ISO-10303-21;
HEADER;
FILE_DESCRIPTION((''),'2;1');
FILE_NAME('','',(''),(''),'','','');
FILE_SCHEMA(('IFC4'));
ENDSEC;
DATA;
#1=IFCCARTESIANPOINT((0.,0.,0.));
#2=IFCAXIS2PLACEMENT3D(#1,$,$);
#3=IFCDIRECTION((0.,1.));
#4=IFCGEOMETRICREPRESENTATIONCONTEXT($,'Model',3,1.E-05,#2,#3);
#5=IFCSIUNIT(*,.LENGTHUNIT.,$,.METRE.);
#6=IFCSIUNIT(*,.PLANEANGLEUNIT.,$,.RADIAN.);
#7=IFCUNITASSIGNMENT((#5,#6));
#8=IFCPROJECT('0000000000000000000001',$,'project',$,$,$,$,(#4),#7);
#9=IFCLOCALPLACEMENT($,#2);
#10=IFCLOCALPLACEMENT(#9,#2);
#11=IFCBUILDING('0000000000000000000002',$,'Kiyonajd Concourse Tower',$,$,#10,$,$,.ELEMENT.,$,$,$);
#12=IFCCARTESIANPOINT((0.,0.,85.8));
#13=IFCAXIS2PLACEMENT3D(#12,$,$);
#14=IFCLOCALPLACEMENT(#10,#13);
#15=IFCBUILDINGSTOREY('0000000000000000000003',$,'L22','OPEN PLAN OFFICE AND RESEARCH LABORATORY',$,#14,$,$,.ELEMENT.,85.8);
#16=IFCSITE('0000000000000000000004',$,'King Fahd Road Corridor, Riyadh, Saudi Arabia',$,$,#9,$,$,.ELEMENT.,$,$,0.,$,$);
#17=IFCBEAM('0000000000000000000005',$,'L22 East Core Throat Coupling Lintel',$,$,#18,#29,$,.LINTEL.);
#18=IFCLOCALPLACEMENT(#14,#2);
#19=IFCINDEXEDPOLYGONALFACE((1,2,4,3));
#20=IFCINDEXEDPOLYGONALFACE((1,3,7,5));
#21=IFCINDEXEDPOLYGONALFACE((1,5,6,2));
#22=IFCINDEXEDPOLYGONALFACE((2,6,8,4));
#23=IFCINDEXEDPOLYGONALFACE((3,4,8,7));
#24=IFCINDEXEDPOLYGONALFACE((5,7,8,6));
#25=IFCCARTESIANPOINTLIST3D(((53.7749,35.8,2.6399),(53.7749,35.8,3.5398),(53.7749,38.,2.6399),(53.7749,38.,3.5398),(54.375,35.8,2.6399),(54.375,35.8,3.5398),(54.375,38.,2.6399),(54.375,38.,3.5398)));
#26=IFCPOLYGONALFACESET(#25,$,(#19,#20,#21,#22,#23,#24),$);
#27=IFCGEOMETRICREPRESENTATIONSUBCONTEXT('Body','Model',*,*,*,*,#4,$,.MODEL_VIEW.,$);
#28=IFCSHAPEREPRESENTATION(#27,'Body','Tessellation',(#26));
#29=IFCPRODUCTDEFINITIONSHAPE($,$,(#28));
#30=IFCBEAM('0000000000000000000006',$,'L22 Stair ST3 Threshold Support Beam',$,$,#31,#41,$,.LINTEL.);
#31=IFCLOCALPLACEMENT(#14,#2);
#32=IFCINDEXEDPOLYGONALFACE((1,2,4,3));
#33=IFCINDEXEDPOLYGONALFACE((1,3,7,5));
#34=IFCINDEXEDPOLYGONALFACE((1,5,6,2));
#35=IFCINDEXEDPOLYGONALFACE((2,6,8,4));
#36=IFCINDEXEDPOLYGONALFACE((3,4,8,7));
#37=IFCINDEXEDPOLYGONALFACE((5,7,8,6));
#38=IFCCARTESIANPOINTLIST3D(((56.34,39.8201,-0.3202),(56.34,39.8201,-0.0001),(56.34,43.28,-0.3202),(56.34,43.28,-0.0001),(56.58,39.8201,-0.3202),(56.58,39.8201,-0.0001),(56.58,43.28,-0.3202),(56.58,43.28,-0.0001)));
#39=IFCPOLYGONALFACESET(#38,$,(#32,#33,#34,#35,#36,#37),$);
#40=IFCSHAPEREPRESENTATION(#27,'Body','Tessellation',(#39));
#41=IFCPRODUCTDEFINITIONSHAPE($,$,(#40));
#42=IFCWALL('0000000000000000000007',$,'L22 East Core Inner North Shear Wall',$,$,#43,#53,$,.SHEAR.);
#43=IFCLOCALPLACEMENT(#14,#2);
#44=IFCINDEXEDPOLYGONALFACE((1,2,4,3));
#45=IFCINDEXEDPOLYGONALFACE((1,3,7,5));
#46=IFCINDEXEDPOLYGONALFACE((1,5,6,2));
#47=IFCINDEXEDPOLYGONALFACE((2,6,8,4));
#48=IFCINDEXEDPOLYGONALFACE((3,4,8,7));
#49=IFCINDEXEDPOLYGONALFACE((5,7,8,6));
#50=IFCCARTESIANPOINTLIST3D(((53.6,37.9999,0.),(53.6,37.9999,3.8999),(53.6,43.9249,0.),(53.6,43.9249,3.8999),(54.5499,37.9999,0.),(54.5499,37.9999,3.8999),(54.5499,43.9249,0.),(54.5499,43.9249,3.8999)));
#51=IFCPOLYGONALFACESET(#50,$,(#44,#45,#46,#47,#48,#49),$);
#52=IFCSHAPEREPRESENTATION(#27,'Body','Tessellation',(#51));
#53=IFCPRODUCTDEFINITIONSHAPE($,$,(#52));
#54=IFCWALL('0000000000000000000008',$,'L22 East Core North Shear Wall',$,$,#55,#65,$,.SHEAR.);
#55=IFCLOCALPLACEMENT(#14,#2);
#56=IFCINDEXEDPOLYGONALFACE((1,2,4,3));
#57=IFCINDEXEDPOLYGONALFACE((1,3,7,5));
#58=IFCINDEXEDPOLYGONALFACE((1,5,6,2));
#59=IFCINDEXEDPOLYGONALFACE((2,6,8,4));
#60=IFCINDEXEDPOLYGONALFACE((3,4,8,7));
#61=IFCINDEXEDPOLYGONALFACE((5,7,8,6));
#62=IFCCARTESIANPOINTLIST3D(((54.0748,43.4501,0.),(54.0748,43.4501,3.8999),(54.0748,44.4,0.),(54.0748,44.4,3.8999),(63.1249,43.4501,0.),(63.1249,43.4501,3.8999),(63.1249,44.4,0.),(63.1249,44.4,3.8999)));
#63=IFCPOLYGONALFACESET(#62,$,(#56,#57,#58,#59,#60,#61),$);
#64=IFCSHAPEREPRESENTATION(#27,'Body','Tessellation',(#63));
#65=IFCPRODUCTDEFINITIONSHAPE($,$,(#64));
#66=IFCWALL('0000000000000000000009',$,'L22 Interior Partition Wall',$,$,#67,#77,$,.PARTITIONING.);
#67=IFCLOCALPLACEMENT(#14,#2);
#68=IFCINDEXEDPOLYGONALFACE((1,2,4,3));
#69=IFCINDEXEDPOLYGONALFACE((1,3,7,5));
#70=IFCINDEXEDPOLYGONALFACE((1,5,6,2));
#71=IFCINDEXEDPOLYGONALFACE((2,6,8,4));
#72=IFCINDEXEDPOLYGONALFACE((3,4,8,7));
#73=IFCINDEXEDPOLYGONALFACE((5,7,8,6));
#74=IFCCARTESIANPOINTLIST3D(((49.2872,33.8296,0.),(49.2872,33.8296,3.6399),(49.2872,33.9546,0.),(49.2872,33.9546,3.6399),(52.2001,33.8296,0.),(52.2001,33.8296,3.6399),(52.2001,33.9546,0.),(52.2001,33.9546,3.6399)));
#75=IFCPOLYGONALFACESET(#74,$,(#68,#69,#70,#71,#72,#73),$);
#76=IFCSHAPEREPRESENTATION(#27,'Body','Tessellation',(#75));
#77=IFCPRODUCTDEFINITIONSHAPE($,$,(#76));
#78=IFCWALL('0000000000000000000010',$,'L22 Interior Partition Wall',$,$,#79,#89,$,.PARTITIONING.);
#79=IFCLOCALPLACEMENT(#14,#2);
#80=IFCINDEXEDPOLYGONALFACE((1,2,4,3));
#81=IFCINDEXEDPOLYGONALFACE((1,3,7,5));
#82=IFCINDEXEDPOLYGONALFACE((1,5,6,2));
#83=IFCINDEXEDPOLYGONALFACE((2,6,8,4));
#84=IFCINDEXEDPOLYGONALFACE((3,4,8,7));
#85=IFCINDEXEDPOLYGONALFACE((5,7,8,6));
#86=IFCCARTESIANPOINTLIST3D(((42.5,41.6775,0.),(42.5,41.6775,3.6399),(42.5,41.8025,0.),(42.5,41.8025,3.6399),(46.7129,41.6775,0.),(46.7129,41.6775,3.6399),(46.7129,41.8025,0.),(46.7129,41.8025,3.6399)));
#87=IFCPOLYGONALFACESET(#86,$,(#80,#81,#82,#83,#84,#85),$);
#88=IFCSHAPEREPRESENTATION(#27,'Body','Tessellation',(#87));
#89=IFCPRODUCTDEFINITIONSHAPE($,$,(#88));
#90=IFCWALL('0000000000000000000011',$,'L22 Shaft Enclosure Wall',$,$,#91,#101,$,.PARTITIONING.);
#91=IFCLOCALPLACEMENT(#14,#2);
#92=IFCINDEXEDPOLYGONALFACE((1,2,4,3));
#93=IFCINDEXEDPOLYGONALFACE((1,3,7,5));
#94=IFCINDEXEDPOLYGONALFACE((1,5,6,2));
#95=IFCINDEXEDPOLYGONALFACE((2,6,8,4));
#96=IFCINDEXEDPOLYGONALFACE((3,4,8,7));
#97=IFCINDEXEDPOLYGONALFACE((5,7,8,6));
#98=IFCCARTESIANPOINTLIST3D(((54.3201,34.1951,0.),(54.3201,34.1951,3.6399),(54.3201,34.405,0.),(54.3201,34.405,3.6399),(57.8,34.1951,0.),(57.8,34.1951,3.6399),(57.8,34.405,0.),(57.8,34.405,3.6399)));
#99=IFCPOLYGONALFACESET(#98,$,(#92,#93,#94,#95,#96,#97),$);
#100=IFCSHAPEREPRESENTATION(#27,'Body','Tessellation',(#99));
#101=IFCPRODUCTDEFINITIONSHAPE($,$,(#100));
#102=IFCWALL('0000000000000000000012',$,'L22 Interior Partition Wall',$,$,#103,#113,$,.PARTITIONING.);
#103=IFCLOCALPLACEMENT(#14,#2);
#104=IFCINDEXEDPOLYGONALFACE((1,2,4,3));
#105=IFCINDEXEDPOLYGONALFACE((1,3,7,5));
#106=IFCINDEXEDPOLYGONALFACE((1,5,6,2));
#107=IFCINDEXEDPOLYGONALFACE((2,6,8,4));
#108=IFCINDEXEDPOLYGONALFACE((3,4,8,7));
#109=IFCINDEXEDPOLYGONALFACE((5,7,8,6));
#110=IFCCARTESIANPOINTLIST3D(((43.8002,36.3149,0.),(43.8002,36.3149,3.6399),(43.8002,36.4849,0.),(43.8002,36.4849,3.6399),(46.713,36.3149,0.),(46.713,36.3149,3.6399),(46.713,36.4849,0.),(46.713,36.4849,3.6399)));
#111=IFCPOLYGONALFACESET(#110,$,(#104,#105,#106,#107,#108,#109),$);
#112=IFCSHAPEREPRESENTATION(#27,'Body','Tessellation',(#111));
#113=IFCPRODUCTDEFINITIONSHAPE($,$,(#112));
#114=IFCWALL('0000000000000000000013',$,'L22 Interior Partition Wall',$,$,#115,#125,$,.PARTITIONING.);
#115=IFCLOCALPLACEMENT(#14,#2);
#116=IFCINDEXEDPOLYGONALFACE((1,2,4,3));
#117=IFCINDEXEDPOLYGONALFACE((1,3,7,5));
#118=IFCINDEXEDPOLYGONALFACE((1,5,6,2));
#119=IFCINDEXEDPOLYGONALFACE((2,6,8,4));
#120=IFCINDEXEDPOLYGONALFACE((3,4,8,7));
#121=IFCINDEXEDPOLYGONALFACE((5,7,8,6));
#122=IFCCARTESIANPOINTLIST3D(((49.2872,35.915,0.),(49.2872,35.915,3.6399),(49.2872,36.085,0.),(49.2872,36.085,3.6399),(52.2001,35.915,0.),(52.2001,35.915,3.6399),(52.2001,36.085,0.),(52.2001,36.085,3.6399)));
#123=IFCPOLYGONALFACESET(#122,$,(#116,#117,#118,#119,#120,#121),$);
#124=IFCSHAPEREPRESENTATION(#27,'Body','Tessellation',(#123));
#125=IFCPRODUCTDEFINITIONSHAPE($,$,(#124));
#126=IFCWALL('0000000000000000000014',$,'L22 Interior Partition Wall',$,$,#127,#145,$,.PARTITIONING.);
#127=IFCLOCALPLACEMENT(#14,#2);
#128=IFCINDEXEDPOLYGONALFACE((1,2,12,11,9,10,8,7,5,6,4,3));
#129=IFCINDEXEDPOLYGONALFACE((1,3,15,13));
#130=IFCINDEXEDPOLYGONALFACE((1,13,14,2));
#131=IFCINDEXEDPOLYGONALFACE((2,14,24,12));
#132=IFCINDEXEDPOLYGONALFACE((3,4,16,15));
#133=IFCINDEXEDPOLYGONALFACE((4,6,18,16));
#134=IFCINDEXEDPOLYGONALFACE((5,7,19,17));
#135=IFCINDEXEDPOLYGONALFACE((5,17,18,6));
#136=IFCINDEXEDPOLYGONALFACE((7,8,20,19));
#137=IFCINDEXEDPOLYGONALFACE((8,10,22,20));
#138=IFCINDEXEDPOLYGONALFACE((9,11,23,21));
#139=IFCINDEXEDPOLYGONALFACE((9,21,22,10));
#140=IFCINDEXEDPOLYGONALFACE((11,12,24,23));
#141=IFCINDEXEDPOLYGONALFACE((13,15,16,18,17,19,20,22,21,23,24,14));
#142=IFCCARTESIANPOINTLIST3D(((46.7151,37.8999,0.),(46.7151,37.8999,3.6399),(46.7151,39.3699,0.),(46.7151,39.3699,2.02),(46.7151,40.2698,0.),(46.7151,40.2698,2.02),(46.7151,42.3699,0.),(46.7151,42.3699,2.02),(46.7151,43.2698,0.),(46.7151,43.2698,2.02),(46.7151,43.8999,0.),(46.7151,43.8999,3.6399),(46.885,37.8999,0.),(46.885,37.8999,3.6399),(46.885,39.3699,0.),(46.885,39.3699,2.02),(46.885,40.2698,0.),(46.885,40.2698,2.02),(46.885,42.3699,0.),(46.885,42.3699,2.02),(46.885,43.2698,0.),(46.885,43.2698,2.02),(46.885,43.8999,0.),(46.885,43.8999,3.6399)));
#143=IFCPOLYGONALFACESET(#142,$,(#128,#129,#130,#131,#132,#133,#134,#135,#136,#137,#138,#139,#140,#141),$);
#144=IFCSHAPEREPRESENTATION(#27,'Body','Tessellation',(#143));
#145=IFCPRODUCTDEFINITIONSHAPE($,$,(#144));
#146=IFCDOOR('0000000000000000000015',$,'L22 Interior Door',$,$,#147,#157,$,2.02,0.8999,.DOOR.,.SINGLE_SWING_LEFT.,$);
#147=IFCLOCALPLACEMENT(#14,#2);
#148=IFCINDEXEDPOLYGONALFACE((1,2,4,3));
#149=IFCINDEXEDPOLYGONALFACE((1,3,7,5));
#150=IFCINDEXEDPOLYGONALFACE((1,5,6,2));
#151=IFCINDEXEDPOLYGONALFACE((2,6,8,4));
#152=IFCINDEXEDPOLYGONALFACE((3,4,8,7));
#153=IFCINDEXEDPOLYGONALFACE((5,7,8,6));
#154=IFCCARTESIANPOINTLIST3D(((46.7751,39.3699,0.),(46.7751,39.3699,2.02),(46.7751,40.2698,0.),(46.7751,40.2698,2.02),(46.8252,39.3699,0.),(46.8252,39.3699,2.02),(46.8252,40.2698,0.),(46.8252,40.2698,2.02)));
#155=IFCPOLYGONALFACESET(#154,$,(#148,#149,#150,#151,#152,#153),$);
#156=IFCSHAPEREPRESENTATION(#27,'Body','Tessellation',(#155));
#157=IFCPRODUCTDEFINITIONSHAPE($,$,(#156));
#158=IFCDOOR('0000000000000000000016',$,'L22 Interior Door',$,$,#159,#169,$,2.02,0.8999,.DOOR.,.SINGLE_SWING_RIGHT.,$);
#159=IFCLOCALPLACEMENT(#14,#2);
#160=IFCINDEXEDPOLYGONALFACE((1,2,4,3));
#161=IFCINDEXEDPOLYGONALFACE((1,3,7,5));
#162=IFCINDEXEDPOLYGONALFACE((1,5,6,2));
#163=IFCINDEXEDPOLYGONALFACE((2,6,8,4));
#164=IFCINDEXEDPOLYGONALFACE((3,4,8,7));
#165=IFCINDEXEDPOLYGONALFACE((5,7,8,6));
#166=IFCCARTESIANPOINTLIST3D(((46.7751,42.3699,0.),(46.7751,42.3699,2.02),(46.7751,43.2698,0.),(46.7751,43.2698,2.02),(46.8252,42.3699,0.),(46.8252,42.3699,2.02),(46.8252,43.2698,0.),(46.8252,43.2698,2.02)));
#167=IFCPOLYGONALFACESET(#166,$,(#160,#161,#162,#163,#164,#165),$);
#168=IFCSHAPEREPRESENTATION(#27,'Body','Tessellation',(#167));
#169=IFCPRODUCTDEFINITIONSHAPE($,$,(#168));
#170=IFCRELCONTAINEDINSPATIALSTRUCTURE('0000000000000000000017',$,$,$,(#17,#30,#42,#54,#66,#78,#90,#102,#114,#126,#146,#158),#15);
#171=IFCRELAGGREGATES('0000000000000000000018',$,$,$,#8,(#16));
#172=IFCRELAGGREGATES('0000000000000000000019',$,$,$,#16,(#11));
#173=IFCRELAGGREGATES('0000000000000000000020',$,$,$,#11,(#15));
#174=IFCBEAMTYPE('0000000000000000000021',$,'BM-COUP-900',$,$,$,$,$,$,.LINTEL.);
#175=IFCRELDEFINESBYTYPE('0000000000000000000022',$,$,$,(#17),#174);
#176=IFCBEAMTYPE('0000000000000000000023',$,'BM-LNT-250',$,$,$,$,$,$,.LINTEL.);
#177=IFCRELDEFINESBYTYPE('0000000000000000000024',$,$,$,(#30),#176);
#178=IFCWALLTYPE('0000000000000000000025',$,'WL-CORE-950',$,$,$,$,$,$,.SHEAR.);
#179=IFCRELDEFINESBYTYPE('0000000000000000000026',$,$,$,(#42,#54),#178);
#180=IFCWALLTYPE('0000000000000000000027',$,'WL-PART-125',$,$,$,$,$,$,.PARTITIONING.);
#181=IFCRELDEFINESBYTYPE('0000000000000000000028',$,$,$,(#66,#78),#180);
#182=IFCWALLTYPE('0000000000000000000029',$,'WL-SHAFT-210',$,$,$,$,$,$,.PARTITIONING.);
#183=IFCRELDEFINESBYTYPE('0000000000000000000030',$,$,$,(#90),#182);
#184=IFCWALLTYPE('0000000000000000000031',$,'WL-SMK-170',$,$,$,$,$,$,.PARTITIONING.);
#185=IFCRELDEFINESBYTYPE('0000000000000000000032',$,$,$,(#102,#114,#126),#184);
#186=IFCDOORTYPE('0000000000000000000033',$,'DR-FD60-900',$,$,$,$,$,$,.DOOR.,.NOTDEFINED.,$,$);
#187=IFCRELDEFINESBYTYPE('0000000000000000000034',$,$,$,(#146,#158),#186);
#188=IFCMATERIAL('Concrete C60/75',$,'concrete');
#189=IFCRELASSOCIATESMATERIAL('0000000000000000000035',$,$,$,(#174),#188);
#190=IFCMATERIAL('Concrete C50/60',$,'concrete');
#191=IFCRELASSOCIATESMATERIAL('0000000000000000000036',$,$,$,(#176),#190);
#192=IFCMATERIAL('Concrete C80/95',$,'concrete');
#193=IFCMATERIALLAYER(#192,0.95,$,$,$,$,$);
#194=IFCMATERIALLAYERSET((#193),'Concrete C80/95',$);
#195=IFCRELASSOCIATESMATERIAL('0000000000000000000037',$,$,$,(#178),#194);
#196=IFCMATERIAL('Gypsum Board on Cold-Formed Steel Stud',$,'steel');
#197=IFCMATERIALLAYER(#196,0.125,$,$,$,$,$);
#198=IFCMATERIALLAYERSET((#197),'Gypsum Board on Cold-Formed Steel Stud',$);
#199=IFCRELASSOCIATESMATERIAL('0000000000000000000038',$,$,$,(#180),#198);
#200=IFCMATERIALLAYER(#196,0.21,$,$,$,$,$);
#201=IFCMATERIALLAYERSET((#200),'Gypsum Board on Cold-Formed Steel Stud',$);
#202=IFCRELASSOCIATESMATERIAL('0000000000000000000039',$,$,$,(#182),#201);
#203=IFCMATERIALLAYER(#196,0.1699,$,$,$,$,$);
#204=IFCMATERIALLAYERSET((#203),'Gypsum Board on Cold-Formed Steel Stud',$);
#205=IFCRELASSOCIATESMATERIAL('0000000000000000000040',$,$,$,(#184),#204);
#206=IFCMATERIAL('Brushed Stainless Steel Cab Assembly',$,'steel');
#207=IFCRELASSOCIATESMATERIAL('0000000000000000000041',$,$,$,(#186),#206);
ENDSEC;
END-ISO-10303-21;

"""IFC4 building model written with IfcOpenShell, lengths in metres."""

from ifc_helpers import new_model, si_unit, direction, frame, frame_2d, origin, origin_2d, place, context, subcontext, project, spatial, rectangle, extrude, material, layer, layer_set, material_profile, profile_set, type_object, element, fill, save


model = new_model("IFC4")

# Units and contexts
model_context = context("Model", 3, precision=1e-05, world=origin(), true_north=direction((0.0, 1.0)))
body_context = subcontext(model_context, "Body", "Model", "MODEL_VIEW")
ifc_project = project(units=[si_unit("LENGTHUNIT", "METRE"), si_unit("PLANEANGLEUNIT", "RADIAN")], contexts=[model_context])

# Site, building, storey
site_placement = place(None, origin())
site = spatial("IfcSite", under=ifc_project, at=site_placement, Name="King Fahd Road Corridor, Riyadh, Saudi Arabia", CompositionType="ELEMENT", RefElevation=0.0)
building_placement = place(site_placement, origin())
building = spatial("IfcBuilding", under=site, at=building_placement, Name="Kiyonajd Concourse Tower", CompositionType="ELEMENT")
storey_placement = place(building_placement, frame((0.0, 0.0, 85.8)))
storey = spatial("IfcBuildingStorey", under=building, at=storey_placement, Name="L22", Description="OPEN PLAN OFFICE AND RESEARCH LABORATORY", CompositionType="ELEMENT", Elevation=85.8)

# Beams
ifc_material_1 = material(Name="Concrete C60/75", Category="concrete")
ifc_material_profile_1 = material_profile(ifc_material_1, rectangle(XDim=0.6001, YDim=0.8999, at=origin_2d()), Name="RCBM-600x900")
ifc_profile_set_1 = profile_set([ifc_material_profile_1], Name="Concrete C60/75")
beam_type_1 = type_object("IfcBeamType", Name="BM-COUP-900", PredefinedType="LINTEL", material=ifc_profile_set_1)
beam_1_placement = place(storey_placement, frame((54.075, 35.8, 3.0898), z_axis=(0.0, 1.0, 0.0), x_axis=(-1.0, 0.0, 0.0)))
element("IfcBeam", 1, at=beam_1_placement, inside=storey, type_object=beam_type_1, Name="L22 East Core Throat Coupling Lintel", PredefinedType="LINTEL", context=body_context, shape_type="SweptSolid", body=[
    extrude(rectangle(XDim=0.6001, YDim=0.8999, at=origin_2d()), origin(), (0.0, 0.0, 1.0), 2.2),
])
ifc_material_2 = material(Name="Concrete C50/60", Category="concrete")
ifc_material_profile_2 = material_profile(ifc_material_2, rectangle(XDim=0.24, YDim=0.3201, at=origin_2d()), Name="RCBM-240x320")
ifc_profile_set_2 = profile_set([ifc_material_profile_2], Name="Concrete C50/60")
beam_type_2 = type_object("IfcBeamType", Name="BM-LNT-250", PredefinedType="LINTEL", material=ifc_profile_set_2)
beam_2_placement = place(storey_placement, frame((56.46, 39.8201, -0.1602), z_axis=(0.0, 1.0, 0.0), x_axis=(-1.0, 0.0, 0.0)))
element("IfcBeam", 2, at=beam_2_placement, inside=storey, type_object=beam_type_2, Name="L22 Stair ST3 Threshold Support Beam", PredefinedType="LINTEL", context=body_context, shape_type="SweptSolid", body=[
    extrude(rectangle(XDim=0.24, YDim=0.3201, at=origin_2d()), origin(), (0.0, 0.0, 1.0), 3.46),
])

# Walls
ifc_material_3 = material(Name="Concrete C80/95", Category="concrete")
ifc_layer_1 = layer(ifc_material_3, 0.95)
ifc_layer_set_1 = layer_set([ifc_layer_1], Name="Concrete C80/95")
wall_type_1 = type_object("IfcWallType", Name="WL-CORE-950", PredefinedType="SHEAR", material=ifc_layer_set_1)
wall_1_placement = place(storey_placement, frame((54.075, 38.0, 0.0), z_axis=(0.0, 0.0, 1.0), x_axis=(0.0, 1.0, 0.0)))
element("IfcWall", 3, at=wall_1_placement, inside=storey, type_object=wall_type_1, Name="L22 East Core Inner North Shear Wall", PredefinedType="SHEAR", context=body_context, shape_type="SweptSolid", body=[
    extrude(rectangle(XDim=5.925, YDim=0.95, at=frame_2d((2.9624, 0.0))), origin(), (0.0, 0.0, 1.0), 3.8999),
])
wall_2_placement = place(storey_placement, frame((54.075, 43.925, 0.0), z_axis=(0.0, 0.0, 1.0), x_axis=(1.0, 0.0, 0.0)))
element("IfcWall", 4, at=wall_2_placement, inside=storey, type_object=wall_type_1, Name="L22 East Core North Shear Wall", PredefinedType="SHEAR", context=body_context, shape_type="SweptSolid", body=[
    extrude(rectangle(XDim=9.05, YDim=0.95, at=frame_2d((4.5249, 0.0))), origin(), (0.0, 0.0, 1.0), 3.8999),
])
ifc_material_4 = material(Name="Gypsum Board on Cold-Formed Steel Stud", Category="steel")
ifc_layer_2 = layer(ifc_material_4, 0.125)
ifc_layer_set_2 = layer_set([ifc_layer_2], Name="Gypsum Board on Cold-Formed Steel Stud")
wall_type_2 = type_object("IfcWallType", Name="WL-PART-125", PredefinedType="PARTITIONING", material=ifc_layer_set_2)
wall_3_placement = place(storey_placement, frame((49.2871, 33.8921, 0.0), z_axis=(0.0, 0.0, 1.0), x_axis=(1.0, 0.0, 0.0)))
element("IfcWall", 5, at=wall_3_placement, inside=storey, type_object=wall_type_2, Name="L22 Interior Partition Wall", PredefinedType="PARTITIONING", context=body_context, shape_type="SweptSolid", body=[
    extrude(rectangle(XDim=2.9128, YDim=0.125, at=frame_2d((1.4565, 0.0))), origin(), (0.0, 0.0, 1.0), 3.6399),
])
wall_4_placement = place(storey_placement, frame((42.5, 41.74, 0.0), z_axis=(0.0, 0.0, 1.0), x_axis=(1.0, 0.0, 0.0)))
element("IfcWall", 6, at=wall_4_placement, inside=storey, type_object=wall_type_2, Name="L22 Interior Partition Wall", PredefinedType="PARTITIONING", context=body_context, shape_type="SweptSolid", body=[
    extrude(rectangle(XDim=4.2129, YDim=0.125, at=frame_2d((2.1064, 0.0))), origin(), (0.0, 0.0, 1.0), 3.6399),
])
ifc_layer_3 = layer(ifc_material_4, 0.21)
ifc_layer_set_3 = layer_set([ifc_layer_3], Name="Gypsum Board on Cold-Formed Steel Stud")
wall_type_3 = type_object("IfcWallType", Name="WL-SHAFT-210", PredefinedType="PARTITIONING", material=ifc_layer_set_3)
wall_5_placement = place(storey_placement, frame((54.3201, 34.3, 0.0), z_axis=(0.0, 0.0, 1.0), x_axis=(1.0, 0.0, 0.0)))
element("IfcWall", 7, at=wall_5_placement, inside=storey, type_object=wall_type_3, Name="L22 Shaft Enclosure Wall", PredefinedType="PARTITIONING", context=body_context, shape_type="SweptSolid", body=[
    extrude(rectangle(XDim=3.48, YDim=0.21, at=frame_2d((1.74, 0.0))), origin(), (0.0, 0.0, 1.0), 3.6399),
])
ifc_layer_4 = layer(ifc_material_4, 0.1699)
ifc_layer_set_4 = layer_set([ifc_layer_4], Name="Gypsum Board on Cold-Formed Steel Stud")
wall_type_4 = type_object("IfcWallType", Name="WL-SMK-170", PredefinedType="PARTITIONING", material=ifc_layer_set_4)
for number, where, z_axis, x_axis, name in (
    (8, (43.8, 36.3999, 0.0), (0.0, 0.0, 1.0), (1.0, 0.0, 0.0), "L22 Interior Partition Wall"),
    (9, (49.2871, 36.0, 0.0), (0.0, 0.0, 1.0), (1.0, 0.0, 0.0), "L22 Interior Partition Wall"),
):
    element("IfcWall", number, at=place(storey_placement, frame(where, z_axis=z_axis, x_axis=x_axis)), inside=storey, type_object=wall_type_4, Name=name, PredefinedType="PARTITIONING", context=body_context, shape_type="SweptSolid", body=[
        extrude(rectangle(XDim=2.9128, YDim=0.1699, at=frame_2d((1.4565, 0.0))), origin(), (0.0, 0.0, 1.0), 3.6399),
    ])

# Wall, openings, doors
wall_6_placement = place(storey_placement, frame((46.8, 37.8999, 0.0), z_axis=(0.0, 0.0, 1.0), x_axis=(0.0, 1.0, 0.0)))
wall_6 = element("IfcWall", 10, at=wall_6_placement, inside=storey, type_object=wall_type_4, Name="L22 Interior Partition Wall", PredefinedType="PARTITIONING", context=body_context, shape_type="SweptSolid", body=[
    extrude(rectangle(XDim=6.0, YDim=0.1699, at=frame_2d((3.0, 0.0))), origin(), (0.0, 0.0, 1.0), 3.6399),
])
opening_1_placement = place(wall_6_placement, frame((1.47, 0.0, 0.0)))
opening_1 = element("IfcOpeningElement", 11, at=opening_1_placement, cuts=wall_6, PredefinedType="OPENING", context=body_context, shape_type="SweptSolid", body=[
    extrude(rectangle(XDim=0.8999, YDim=2.02, at=frame_2d((0.45, 1.01))), frame((0.0, 0.095, 0.0), z_axis=(0.0, -1.0, 0.0), x_axis=(1.0, 0.0, 0.0)), (0.0, 0.0, 1.0), 0.1899),
])
opening_2_placement = place(wall_6_placement, frame((4.47, 0.0, 0.0)))
opening_2 = element("IfcOpeningElement", 12, at=opening_2_placement, cuts=wall_6, PredefinedType="OPENING", context=body_context, shape_type="SweptSolid", body=[
    extrude(rectangle(XDim=0.8999, YDim=2.02, at=frame_2d((0.45, 1.01))), frame((0.0, 0.095, 0.0), z_axis=(0.0, -1.0, 0.0), x_axis=(1.0, 0.0, 0.0)), (0.0, 0.0, 1.0), 0.1899),
])
ifc_material_5 = material(Name="Brushed Stainless Steel Cab Assembly", Category="steel")
door_type_1 = type_object("IfcDoorType", Name="DR-FD60-900", OperationType="NOTDEFINED", PredefinedType="DOOR", material=ifc_material_5)
door_1_placement = place(opening_1_placement, origin())
door_1 = element("IfcDoor", 13, at=door_1_placement, inside=storey, type_object=door_type_1, Name="L22 Interior Door", OperationType="SINGLE_SWING_LEFT", OverallHeight=2.02, OverallWidth=0.8999, PredefinedType="DOOR", context=body_context, shape_type="SweptSolid", body=[
    extrude(rectangle(XDim=0.8999, YDim=2.02, at=frame_2d((0.45, 1.01))), frame((0.0, 0.0249, 0.0), z_axis=(0.0, -1.0, 0.0), x_axis=(1.0, 0.0, 0.0)), (0.0, 0.0, 1.0), 0.05),
])
fill(opening_1, door_1)
door_2_placement = place(opening_2_placement, origin())
door_2 = element("IfcDoor", 14, at=door_2_placement, inside=storey, type_object=door_type_1, Name="L22 Interior Door", OperationType="SINGLE_SWING_RIGHT", OverallHeight=2.02, OverallWidth=0.8999, PredefinedType="DOOR", context=body_context, shape_type="SweptSolid", body=[
    extrude(rectangle(XDim=0.8999, YDim=2.02, at=frame_2d((0.45, 1.01))), frame((0.0, 0.0249, 0.0), z_axis=(0.0, -1.0, 0.0), x_axis=(1.0, 0.0, 0.0)), (0.0, 0.0, 1.0), 0.05),
])
fill(opening_2, door_2)

save(model, "model.ifc")
